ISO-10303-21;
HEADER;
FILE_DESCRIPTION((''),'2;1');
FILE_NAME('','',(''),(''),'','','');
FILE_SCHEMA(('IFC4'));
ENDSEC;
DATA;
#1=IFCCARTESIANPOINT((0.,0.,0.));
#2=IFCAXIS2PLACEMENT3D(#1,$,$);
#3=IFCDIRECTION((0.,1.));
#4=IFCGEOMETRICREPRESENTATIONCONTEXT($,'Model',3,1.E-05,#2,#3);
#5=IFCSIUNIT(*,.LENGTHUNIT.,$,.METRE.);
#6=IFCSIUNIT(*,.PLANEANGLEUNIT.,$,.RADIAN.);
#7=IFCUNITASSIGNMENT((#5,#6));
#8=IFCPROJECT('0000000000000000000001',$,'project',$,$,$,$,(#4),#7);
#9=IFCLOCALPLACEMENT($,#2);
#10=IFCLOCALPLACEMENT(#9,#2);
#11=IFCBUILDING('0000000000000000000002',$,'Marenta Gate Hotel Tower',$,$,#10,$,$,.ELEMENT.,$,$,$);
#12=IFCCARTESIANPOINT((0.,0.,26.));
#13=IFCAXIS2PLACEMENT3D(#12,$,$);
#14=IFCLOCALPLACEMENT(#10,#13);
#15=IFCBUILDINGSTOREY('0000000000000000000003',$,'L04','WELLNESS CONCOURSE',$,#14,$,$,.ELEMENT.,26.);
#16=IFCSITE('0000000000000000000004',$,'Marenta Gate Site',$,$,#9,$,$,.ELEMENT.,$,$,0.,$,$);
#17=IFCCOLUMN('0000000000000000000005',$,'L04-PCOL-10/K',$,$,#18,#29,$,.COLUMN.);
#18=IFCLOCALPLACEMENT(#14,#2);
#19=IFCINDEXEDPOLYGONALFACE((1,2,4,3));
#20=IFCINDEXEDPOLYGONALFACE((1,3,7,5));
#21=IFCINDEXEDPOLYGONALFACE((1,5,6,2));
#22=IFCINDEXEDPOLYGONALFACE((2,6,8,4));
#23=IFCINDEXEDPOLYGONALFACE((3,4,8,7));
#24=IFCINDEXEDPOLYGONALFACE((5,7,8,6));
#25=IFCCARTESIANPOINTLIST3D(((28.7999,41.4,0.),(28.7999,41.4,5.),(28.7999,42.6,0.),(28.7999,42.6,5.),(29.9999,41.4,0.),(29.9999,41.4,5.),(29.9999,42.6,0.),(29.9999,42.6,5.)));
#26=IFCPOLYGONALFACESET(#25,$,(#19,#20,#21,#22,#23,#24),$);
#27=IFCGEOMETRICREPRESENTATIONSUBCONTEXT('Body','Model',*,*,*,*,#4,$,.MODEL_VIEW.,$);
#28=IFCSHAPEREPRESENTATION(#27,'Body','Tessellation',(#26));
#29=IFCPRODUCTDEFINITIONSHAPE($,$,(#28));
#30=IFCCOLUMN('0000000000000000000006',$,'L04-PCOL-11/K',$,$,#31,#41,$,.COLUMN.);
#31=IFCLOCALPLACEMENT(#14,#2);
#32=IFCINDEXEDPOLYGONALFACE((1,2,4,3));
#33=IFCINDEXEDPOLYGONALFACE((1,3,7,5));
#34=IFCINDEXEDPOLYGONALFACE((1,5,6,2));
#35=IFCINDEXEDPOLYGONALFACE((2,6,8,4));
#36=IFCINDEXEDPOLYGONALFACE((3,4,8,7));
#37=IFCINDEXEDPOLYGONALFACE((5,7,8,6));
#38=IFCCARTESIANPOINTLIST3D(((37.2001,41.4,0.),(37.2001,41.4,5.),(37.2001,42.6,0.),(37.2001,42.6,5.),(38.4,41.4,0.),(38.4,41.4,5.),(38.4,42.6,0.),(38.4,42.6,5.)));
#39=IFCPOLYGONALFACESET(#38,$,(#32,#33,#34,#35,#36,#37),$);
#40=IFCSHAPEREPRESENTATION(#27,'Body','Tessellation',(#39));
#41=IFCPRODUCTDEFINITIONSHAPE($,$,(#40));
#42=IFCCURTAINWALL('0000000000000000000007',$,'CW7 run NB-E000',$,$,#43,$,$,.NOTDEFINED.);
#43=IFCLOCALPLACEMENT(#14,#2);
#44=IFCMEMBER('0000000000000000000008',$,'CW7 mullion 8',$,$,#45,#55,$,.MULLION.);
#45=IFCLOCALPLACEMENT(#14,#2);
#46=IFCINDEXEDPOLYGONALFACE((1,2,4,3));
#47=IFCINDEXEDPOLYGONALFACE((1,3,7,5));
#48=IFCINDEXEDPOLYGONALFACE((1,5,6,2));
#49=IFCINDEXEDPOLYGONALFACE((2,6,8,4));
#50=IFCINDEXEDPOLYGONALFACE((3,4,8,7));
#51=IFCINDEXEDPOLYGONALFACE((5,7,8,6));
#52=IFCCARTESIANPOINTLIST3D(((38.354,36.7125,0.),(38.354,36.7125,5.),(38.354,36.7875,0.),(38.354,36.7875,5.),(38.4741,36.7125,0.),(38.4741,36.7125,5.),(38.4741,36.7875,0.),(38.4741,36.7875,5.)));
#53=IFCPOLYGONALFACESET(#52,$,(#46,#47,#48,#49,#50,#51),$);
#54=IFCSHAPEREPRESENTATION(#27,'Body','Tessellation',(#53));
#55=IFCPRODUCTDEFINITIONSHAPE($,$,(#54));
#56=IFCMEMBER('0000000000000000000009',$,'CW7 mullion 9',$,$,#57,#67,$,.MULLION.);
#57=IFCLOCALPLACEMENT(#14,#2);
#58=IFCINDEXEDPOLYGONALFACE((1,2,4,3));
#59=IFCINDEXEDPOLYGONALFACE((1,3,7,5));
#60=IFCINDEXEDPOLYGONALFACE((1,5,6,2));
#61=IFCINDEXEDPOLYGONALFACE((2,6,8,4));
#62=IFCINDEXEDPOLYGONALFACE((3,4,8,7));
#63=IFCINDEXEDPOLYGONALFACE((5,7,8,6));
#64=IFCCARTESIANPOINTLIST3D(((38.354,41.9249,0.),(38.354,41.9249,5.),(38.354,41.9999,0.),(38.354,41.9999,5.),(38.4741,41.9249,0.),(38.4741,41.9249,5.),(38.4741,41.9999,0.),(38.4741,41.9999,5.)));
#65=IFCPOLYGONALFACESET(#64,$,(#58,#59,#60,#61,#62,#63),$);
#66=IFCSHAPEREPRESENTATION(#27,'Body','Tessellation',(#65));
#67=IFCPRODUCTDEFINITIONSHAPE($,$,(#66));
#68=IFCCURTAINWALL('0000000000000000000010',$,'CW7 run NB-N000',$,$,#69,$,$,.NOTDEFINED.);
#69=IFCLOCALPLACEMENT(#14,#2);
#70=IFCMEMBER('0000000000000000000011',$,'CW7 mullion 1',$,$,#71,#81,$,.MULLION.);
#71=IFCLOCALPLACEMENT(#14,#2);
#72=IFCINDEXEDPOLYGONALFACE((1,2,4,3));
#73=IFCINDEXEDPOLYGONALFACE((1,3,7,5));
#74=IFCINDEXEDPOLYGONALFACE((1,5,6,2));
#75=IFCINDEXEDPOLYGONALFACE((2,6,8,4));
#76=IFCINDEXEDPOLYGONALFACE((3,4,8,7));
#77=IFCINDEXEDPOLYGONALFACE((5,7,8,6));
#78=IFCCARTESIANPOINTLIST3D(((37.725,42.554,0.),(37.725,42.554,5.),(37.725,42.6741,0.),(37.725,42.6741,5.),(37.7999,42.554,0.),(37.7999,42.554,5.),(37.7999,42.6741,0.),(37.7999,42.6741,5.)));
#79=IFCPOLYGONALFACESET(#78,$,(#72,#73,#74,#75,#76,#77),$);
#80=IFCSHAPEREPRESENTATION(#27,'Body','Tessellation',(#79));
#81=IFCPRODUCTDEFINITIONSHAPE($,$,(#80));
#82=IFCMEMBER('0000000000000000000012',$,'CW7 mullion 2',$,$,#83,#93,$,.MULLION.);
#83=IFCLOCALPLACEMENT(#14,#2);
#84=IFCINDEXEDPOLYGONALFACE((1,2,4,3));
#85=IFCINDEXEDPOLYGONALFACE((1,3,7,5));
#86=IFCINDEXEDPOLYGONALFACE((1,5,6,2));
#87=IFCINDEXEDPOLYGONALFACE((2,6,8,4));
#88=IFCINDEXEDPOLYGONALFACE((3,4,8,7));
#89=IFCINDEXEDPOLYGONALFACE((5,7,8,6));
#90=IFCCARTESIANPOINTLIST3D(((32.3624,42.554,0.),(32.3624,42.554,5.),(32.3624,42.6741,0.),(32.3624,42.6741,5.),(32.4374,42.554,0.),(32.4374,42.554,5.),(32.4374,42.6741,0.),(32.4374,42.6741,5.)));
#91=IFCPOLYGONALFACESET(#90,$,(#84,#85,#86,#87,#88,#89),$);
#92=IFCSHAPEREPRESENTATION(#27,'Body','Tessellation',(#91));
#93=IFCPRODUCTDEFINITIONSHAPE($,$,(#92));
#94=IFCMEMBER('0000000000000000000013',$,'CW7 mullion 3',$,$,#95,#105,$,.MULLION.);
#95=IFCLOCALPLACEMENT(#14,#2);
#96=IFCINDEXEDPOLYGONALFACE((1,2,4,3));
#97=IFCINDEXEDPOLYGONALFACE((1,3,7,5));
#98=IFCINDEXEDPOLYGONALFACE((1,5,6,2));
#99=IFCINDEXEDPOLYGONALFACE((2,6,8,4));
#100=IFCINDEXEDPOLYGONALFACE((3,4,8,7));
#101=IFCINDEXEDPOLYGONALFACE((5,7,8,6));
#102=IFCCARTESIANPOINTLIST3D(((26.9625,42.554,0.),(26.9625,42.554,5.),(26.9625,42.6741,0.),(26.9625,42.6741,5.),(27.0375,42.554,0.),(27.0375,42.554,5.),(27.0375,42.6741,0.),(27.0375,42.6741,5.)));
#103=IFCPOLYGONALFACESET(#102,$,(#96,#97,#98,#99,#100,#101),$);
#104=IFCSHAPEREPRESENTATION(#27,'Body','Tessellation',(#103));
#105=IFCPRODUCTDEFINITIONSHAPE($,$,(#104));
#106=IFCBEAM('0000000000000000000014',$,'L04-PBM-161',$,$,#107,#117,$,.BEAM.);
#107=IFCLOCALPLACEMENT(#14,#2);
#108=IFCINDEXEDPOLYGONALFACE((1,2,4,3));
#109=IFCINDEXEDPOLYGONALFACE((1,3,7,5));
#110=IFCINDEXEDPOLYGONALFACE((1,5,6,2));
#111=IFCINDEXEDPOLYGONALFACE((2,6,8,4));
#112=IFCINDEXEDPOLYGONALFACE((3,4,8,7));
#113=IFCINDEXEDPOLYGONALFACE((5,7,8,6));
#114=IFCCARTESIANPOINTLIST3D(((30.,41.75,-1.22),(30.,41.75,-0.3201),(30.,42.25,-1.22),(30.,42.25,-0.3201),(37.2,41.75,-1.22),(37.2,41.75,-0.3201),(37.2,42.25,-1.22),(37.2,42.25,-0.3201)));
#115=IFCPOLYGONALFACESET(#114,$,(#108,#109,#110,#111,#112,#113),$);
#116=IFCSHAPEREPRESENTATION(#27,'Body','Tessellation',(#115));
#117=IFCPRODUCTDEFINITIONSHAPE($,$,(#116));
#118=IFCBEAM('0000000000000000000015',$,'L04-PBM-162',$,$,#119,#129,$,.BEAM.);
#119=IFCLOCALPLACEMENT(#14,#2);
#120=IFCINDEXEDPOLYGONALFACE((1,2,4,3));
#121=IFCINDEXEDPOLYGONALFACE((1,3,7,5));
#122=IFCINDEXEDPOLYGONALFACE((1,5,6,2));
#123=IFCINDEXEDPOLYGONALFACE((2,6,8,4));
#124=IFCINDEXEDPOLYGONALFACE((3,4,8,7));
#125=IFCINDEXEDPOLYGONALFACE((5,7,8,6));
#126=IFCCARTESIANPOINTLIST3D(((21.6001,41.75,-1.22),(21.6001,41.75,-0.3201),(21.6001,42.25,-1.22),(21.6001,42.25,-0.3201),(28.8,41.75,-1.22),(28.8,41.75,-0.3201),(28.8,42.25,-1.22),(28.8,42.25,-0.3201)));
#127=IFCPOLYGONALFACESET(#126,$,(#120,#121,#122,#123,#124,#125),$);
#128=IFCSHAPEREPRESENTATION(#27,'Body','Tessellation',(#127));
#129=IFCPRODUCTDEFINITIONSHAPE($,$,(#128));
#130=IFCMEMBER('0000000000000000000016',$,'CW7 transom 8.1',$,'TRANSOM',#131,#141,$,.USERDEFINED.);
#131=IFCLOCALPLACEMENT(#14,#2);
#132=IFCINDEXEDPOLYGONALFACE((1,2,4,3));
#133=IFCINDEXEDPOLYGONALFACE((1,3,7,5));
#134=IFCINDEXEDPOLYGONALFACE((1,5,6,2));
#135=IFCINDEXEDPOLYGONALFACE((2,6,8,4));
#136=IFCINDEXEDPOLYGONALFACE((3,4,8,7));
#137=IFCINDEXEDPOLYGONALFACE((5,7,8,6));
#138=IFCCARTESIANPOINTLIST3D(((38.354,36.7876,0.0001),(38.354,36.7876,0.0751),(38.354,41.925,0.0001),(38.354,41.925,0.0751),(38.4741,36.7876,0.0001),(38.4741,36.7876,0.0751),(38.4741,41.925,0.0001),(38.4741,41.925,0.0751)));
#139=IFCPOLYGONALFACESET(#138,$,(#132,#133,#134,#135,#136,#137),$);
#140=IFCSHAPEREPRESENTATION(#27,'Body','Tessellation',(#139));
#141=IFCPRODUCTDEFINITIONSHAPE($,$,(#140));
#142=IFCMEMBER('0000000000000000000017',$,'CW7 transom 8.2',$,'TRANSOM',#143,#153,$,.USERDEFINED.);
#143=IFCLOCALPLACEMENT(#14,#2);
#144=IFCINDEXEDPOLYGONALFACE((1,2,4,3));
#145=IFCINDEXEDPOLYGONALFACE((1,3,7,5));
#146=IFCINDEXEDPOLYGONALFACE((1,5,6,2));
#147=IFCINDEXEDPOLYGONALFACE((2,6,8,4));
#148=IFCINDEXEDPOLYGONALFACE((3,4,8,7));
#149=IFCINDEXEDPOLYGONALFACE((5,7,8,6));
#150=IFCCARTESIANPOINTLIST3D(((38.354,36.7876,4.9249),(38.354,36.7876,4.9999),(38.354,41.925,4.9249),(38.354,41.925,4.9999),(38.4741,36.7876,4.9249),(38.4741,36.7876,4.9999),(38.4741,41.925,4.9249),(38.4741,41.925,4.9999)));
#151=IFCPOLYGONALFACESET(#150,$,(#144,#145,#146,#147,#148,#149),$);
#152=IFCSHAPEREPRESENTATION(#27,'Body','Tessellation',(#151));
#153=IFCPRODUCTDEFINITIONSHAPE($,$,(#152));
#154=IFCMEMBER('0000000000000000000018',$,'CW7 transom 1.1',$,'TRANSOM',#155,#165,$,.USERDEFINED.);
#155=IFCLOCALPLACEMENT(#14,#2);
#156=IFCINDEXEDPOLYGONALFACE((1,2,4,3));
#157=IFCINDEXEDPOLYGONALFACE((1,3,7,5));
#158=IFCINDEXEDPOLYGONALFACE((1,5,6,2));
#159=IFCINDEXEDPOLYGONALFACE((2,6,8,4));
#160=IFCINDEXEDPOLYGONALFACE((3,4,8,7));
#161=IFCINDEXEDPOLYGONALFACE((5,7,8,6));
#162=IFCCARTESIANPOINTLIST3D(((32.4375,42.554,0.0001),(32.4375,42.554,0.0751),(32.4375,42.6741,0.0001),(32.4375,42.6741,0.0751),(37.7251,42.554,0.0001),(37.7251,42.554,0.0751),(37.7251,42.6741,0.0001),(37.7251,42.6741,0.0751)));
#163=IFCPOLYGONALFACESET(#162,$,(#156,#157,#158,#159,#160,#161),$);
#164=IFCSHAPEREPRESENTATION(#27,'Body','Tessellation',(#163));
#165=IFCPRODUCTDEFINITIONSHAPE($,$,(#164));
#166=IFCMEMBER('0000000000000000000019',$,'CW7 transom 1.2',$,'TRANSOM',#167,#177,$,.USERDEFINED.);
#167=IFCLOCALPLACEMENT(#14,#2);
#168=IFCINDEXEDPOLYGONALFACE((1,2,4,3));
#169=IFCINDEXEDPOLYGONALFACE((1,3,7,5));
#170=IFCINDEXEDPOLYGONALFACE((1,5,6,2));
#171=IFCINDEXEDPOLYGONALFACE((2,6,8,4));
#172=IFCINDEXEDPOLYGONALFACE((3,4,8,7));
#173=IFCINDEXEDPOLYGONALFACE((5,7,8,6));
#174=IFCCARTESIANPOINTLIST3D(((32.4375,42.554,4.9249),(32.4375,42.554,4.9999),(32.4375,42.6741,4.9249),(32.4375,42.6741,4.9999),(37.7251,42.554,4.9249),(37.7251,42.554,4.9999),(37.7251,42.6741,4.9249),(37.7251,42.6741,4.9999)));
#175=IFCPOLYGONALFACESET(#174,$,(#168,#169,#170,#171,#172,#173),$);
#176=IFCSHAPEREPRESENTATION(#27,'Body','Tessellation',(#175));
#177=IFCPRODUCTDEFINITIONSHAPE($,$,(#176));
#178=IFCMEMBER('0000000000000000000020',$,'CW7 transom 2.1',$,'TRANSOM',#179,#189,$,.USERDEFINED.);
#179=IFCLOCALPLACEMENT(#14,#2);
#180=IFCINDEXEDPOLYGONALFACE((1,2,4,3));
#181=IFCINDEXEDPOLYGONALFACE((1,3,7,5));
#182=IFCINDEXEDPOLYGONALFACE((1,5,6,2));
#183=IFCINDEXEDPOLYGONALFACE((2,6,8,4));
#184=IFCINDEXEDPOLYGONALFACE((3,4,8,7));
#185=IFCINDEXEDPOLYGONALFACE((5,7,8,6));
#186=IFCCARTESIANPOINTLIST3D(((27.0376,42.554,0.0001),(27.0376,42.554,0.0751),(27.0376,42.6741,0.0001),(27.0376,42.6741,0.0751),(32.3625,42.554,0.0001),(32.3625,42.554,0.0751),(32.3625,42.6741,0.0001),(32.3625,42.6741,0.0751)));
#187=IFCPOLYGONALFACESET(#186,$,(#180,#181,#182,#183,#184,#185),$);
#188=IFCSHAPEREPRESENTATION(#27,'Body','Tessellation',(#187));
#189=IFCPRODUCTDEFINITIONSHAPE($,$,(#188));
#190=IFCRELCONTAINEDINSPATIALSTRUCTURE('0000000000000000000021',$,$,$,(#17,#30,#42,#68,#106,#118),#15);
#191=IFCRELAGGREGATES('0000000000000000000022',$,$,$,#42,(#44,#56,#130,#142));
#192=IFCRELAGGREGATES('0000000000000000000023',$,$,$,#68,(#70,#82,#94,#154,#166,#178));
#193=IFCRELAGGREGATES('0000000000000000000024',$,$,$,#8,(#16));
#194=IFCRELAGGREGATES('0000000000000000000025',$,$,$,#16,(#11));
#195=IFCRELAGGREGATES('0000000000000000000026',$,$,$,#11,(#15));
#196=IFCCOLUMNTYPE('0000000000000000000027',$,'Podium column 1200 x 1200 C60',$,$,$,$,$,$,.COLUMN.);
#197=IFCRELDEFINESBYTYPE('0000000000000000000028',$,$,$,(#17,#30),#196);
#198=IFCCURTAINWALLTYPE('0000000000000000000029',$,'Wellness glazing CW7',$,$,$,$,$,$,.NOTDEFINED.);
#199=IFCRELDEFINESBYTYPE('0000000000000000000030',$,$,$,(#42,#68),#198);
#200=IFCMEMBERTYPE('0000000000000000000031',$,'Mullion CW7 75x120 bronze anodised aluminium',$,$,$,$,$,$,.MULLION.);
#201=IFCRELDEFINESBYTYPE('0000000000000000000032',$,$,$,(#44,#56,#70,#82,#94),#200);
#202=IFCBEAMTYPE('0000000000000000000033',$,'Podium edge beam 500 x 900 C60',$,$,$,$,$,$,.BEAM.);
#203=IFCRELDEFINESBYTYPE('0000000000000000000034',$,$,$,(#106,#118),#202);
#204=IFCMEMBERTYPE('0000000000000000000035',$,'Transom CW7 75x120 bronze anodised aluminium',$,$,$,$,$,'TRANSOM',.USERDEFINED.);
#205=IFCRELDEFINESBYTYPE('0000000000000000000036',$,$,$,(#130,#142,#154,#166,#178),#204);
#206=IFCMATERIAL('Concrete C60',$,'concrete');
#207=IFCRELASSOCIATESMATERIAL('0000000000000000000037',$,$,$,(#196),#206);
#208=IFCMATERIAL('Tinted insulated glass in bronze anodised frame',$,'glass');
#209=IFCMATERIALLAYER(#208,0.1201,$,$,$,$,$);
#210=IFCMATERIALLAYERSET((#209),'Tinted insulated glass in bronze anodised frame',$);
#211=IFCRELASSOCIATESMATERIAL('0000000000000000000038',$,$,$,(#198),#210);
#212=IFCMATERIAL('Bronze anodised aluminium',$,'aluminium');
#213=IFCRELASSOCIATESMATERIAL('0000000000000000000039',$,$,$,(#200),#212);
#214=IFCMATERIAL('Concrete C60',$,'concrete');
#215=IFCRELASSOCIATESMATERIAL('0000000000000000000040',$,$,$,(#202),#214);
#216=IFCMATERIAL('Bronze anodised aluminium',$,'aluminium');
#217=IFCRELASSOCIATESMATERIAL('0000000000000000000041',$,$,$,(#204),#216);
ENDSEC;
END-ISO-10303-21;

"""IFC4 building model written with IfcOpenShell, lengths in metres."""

from ifc_helpers import new_model, si_unit, direction, frame, origin, origin_2d, place, context, subcontext, project, spatial, rectangle, extrude, material, layer, layer_set, material_profile, profile_set, type_object, element, aggregate, save


model = new_model("IFC4")

# Units and contexts
model_context = context("Model", 3, precision=1e-05, world=origin(), true_north=direction((0.0, 1.0)))
body_context = subcontext(model_context, "Body", "Model", "MODEL_VIEW")
ifc_project = project(units=[si_unit("LENGTHUNIT", "METRE"), si_unit("PLANEANGLEUNIT", "RADIAN")], contexts=[model_context])

# Site, building, storey
site_placement = place(None, origin())
site = spatial("IfcSite", under=ifc_project, at=site_placement, Name="Marenta Gate Site", CompositionType="ELEMENT", RefElevation=0.0)
building_placement = place(site_placement, origin())
building = spatial("IfcBuilding", under=site, at=building_placement, Name="Marenta Gate Hotel Tower", CompositionType="ELEMENT")
storey_placement = place(building_placement, frame((0.0, 0.0, 26.0)))
storey = spatial("IfcBuildingStorey", under=building, at=storey_placement, Name="L04", Description="WELLNESS CONCOURSE", CompositionType="ELEMENT", Elevation=26.0)

# Columns
ifc_material_1 = material(Name="Concrete C60", Category="concrete")
ifc_material_profile_1 = material_profile(ifc_material_1, rectangle(XDim=1.2, YDim=1.2, at=origin_2d()), Name="1200 x 1200")
ifc_profile_set_1 = profile_set([ifc_material_profile_1], Name="Concrete C60")
column_type = type_object("IfcColumnType", Name="Podium column 1200 x 1200 C60", PredefinedType="COLUMN", material=ifc_profile_set_1)
for number, where, z_axis, x_axis, name in (
    (1, (29.3999, 42.0, 0.0), (0.0, 0.0, 1.0), (1.0, 0.0, 0.0), "L04-PCOL-10/K"),
    (2, (37.8, 42.0, 0.0), (0.0, 0.0, 1.0), (1.0, 0.0, 0.0), "L04-PCOL-11/K"),
):
    element("IfcColumn", number, at=place(storey_placement, frame(where, z_axis=z_axis, x_axis=x_axis)), inside=storey, type_object=column_type, Name=name, PredefinedType="COLUMN", context=body_context, shape_type="SweptSolid", body=[
        extrude(rectangle(XDim=1.2, YDim=1.2, at=origin_2d()), origin(), (0.0, 0.0, 1.0), 5.0),
    ])

# Curtain walls, members
ifc_material_2 = material(Name="Tinted insulated glass in bronze anodised frame", Category="glass")
ifc_layer_1 = layer(ifc_material_2, 0.1201)
ifc_layer_set_1 = layer_set([ifc_layer_1], Name="Tinted insulated glass in bronze anodised frame")
curtain_wall_type = type_object("IfcCurtainWallType", Name="Wellness glazing CW7", PredefinedType="NOTDEFINED", material=ifc_layer_set_1)
curtain_wall_1_placement = place(storey_placement, origin())
curtain_wall_1 = element("IfcCurtainWall", 3, at=curtain_wall_1_placement, inside=storey, type_object=curtain_wall_type, Name="CW7 run NB-E000", PredefinedType="NOTDEFINED")
ifc_material_3 = material(Name="Bronze anodised aluminium", Category="aluminium")
ifc_material_profile_2 = material_profile(ifc_material_3, rectangle(XDim=0.1201, YDim=0.075, at=origin_2d()), Name="Mullion CW7 75x120 bronze anodised aluminium")
ifc_profile_set_2 = profile_set([ifc_material_profile_2], Name="Bronze anodised aluminium")
member_type_1 = type_object("IfcMemberType", Name="Mullion CW7 75x120 bronze anodised aluminium", PredefinedType="MULLION", material=ifc_profile_set_2)
member_1_placement = place(storey_placement, frame((38.4141, 36.75, 0.0), z_axis=(0.0, 0.0, 1.0), x_axis=(-1.0, 0.0, 0.0)))
member_1 = element("IfcMember", 4, at=member_1_placement, type_object=member_type_1, Name="CW7 mullion 8", PredefinedType="MULLION", context=body_context, shape_type="SweptSolid", body=[
    extrude(rectangle(XDim=0.1201, YDim=0.075, at=origin_2d()), origin(), (0.0, 0.0, 1.0), 5.0),
])
member_2_placement = place(storey_placement, frame((38.4141, 41.9624, 0.0), z_axis=(0.0, 0.0, 1.0), x_axis=(-1.0, 0.0, 0.0)))
member_2 = element("IfcMember", 5, at=member_2_placement, type_object=member_type_1, Name="CW7 mullion 9", PredefinedType="MULLION", context=body_context, shape_type="SweptSolid", body=[
    extrude(rectangle(XDim=0.1201, YDim=0.075, at=origin_2d()), origin(), (0.0, 0.0, 1.0), 5.0),
])
curtain_wall_2_placement = place(storey_placement, origin())
curtain_wall_2 = element("IfcCurtainWall", 6, at=curtain_wall_2_placement, inside=storey, type_object=curtain_wall_type, Name="CW7 run NB-N000", PredefinedType="NOTDEFINED")
member_3_placement = place(storey_placement, frame((37.7625, 42.614, 0.0), z_axis=(0.0, 0.0, 1.0), x_axis=(0.0, -1.0, 0.0)))
member_3 = element("IfcMember", 7, at=member_3_placement, type_object=member_type_1, Name="CW7 mullion 1", PredefinedType="MULLION", context=body_context, shape_type="SweptSolid", body=[
    extrude(rectangle(XDim=0.1201, YDim=0.075, at=origin_2d()), origin(), (0.0, 0.0, 1.0), 5.0),
])
member_4_placement = place(storey_placement, frame((32.3999, 42.614, 0.0), z_axis=(0.0, 0.0, 1.0), x_axis=(0.0, -1.0, 0.0)))
member_4 = element("IfcMember", 8, at=member_4_placement, type_object=member_type_1, Name="CW7 mullion 2", PredefinedType="MULLION", context=body_context, shape_type="SweptSolid", body=[
    extrude(rectangle(XDim=0.1201, YDim=0.075, at=origin_2d()), origin(), (0.0, 0.0, 1.0), 5.0),
])
member_5_placement = place(storey_placement, frame((27.0, 42.614, 0.0), z_axis=(0.0, 0.0, 1.0), x_axis=(0.0, -1.0, 0.0)))
member_5 = element("IfcMember", 9, at=member_5_placement, type_object=member_type_1, Name="CW7 mullion 3", PredefinedType="MULLION", context=body_context, shape_type="SweptSolid", body=[
    extrude(rectangle(XDim=0.1201, YDim=0.075, at=origin_2d()), origin(), (0.0, 0.0, 1.0), 5.0),
])

# Beams
ifc_material_4 = material(Name="Concrete C60", Category="concrete")
ifc_material_profile_3 = material_profile(ifc_material_4, rectangle(XDim=0.5, YDim=0.8999, at=origin_2d()), Name="500 x 900")
ifc_profile_set_3 = profile_set([ifc_material_profile_3], Name="Concrete C60")
beam_type = type_object("IfcBeamType", Name="Podium edge beam 500 x 900 C60", PredefinedType="BEAM", material=ifc_profile_set_3)
for number, where, z_axis, x_axis, name in (
    (10, (37.2, 42.0, -0.77), (-1.0, 0.0, 0.0), (0.0, -1.0, 0.0), "L04-PBM-161"),
    (11, (28.8, 42.0, -0.77), (-1.0, 0.0, 0.0), (0.0, -1.0, 0.0), "L04-PBM-162"),
):
    element("IfcBeam", number, at=place(storey_placement, frame(where, z_axis=z_axis, x_axis=x_axis)), inside=storey, type_object=beam_type, Name=name, PredefinedType="BEAM", context=body_context, shape_type="SweptSolid", body=[
        extrude(rectangle(XDim=0.5, YDim=0.8999, at=origin_2d()), origin(), (0.0, 0.0, 1.0), 7.2),
    ])

# Members
ifc_material_5 = material(Name="Bronze anodised aluminium", Category="aluminium")
ifc_material_profile_4 = material_profile(ifc_material_5, rectangle(XDim=0.1201, YDim=0.075, at=origin_2d()), Name="Transom CW7 75x120 bronze anodised aluminium")
ifc_profile_set_4 = profile_set([ifc_material_profile_4], Name="Bronze anodised aluminium")
member_type_2 = type_object("IfcMemberType", Name="Transom CW7 75x120 bronze anodised aluminium", ElementType="TRANSOM", PredefinedType="USERDEFINED", material=ifc_profile_set_4)
member_6_placement = place(storey_placement, frame((38.4141, 36.7876, 0.0376), z_axis=(0.0, 1.0, 0.0), x_axis=(-1.0, 0.0, 0.0)))
member_6 = element("IfcMember", 12, at=member_6_placement, type_object=member_type_2, Name="CW7 transom 8.1", ObjectType="TRANSOM", PredefinedType="USERDEFINED", context=body_context, shape_type="SweptSolid", body=[
    extrude(rectangle(XDim=0.1201, YDim=0.075, at=origin_2d()), origin(), (0.0, 0.0, 1.0), 5.1375),
])
member_7_placement = place(storey_placement, frame((38.4141, 36.7876, 4.9624), z_axis=(0.0, 1.0, 0.0), x_axis=(-1.0, 0.0, 0.0)))
member_7 = element("IfcMember", 13, at=member_7_placement, type_object=member_type_2, Name="CW7 transom 8.2", ObjectType="TRANSOM", PredefinedType="USERDEFINED", context=body_context, shape_type="SweptSolid", body=[
    extrude(rectangle(XDim=0.1201, YDim=0.075, at=origin_2d()), origin(), (0.0, 0.0, 1.0), 5.1375),
])
member_8_placement = place(storey_placement, frame((37.7251, 42.614, 0.0376), z_axis=(-1.0, 0.0, 0.0), x_axis=(0.0, -1.0, 0.0)))
member_8 = element("IfcMember", 14, at=member_8_placement, type_object=member_type_2, Name="CW7 transom 1.1", ObjectType="TRANSOM", PredefinedType="USERDEFINED", context=body_context, shape_type="SweptSolid", body=[
    extrude(rectangle(XDim=0.1201, YDim=0.075, at=origin_2d()), origin(), (0.0, 0.0, 1.0), 5.2876),
])
member_9_placement = place(storey_placement, frame((37.7251, 42.614, 4.9624), z_axis=(-1.0, 0.0, 0.0), x_axis=(0.0, -1.0, 0.0)))
member_9 = element("IfcMember", 15, at=member_9_placement, type_object=member_type_2, Name="CW7 transom 1.2", ObjectType="TRANSOM", PredefinedType="USERDEFINED", context=body_context, shape_type="SweptSolid", body=[
    extrude(rectangle(XDim=0.1201, YDim=0.075, at=origin_2d()), origin(), (0.0, 0.0, 1.0), 5.2876),
])
member_10_placement = place(storey_placement, frame((32.3625, 42.614, 0.0376), z_axis=(-1.0, 0.0, 0.0), x_axis=(0.0, -1.0, 0.0)))
member_10 = element("IfcMember", 16, at=member_10_placement, type_object=member_type_2, Name="CW7 transom 2.1", ObjectType="TRANSOM", PredefinedType="USERDEFINED", context=body_context, shape_type="SweptSolid", body=[
    extrude(rectangle(XDim=0.1201, YDim=0.075, at=origin_2d()), origin(), (0.0, 0.0, 1.0), 5.325),
])

aggregate(curtain_wall_1, [member_1, member_2, member_6, member_7])
aggregate(curtain_wall_2, [member_3, member_4, member_5, member_8, member_9, member_10])

save(model, "model.ifc")
